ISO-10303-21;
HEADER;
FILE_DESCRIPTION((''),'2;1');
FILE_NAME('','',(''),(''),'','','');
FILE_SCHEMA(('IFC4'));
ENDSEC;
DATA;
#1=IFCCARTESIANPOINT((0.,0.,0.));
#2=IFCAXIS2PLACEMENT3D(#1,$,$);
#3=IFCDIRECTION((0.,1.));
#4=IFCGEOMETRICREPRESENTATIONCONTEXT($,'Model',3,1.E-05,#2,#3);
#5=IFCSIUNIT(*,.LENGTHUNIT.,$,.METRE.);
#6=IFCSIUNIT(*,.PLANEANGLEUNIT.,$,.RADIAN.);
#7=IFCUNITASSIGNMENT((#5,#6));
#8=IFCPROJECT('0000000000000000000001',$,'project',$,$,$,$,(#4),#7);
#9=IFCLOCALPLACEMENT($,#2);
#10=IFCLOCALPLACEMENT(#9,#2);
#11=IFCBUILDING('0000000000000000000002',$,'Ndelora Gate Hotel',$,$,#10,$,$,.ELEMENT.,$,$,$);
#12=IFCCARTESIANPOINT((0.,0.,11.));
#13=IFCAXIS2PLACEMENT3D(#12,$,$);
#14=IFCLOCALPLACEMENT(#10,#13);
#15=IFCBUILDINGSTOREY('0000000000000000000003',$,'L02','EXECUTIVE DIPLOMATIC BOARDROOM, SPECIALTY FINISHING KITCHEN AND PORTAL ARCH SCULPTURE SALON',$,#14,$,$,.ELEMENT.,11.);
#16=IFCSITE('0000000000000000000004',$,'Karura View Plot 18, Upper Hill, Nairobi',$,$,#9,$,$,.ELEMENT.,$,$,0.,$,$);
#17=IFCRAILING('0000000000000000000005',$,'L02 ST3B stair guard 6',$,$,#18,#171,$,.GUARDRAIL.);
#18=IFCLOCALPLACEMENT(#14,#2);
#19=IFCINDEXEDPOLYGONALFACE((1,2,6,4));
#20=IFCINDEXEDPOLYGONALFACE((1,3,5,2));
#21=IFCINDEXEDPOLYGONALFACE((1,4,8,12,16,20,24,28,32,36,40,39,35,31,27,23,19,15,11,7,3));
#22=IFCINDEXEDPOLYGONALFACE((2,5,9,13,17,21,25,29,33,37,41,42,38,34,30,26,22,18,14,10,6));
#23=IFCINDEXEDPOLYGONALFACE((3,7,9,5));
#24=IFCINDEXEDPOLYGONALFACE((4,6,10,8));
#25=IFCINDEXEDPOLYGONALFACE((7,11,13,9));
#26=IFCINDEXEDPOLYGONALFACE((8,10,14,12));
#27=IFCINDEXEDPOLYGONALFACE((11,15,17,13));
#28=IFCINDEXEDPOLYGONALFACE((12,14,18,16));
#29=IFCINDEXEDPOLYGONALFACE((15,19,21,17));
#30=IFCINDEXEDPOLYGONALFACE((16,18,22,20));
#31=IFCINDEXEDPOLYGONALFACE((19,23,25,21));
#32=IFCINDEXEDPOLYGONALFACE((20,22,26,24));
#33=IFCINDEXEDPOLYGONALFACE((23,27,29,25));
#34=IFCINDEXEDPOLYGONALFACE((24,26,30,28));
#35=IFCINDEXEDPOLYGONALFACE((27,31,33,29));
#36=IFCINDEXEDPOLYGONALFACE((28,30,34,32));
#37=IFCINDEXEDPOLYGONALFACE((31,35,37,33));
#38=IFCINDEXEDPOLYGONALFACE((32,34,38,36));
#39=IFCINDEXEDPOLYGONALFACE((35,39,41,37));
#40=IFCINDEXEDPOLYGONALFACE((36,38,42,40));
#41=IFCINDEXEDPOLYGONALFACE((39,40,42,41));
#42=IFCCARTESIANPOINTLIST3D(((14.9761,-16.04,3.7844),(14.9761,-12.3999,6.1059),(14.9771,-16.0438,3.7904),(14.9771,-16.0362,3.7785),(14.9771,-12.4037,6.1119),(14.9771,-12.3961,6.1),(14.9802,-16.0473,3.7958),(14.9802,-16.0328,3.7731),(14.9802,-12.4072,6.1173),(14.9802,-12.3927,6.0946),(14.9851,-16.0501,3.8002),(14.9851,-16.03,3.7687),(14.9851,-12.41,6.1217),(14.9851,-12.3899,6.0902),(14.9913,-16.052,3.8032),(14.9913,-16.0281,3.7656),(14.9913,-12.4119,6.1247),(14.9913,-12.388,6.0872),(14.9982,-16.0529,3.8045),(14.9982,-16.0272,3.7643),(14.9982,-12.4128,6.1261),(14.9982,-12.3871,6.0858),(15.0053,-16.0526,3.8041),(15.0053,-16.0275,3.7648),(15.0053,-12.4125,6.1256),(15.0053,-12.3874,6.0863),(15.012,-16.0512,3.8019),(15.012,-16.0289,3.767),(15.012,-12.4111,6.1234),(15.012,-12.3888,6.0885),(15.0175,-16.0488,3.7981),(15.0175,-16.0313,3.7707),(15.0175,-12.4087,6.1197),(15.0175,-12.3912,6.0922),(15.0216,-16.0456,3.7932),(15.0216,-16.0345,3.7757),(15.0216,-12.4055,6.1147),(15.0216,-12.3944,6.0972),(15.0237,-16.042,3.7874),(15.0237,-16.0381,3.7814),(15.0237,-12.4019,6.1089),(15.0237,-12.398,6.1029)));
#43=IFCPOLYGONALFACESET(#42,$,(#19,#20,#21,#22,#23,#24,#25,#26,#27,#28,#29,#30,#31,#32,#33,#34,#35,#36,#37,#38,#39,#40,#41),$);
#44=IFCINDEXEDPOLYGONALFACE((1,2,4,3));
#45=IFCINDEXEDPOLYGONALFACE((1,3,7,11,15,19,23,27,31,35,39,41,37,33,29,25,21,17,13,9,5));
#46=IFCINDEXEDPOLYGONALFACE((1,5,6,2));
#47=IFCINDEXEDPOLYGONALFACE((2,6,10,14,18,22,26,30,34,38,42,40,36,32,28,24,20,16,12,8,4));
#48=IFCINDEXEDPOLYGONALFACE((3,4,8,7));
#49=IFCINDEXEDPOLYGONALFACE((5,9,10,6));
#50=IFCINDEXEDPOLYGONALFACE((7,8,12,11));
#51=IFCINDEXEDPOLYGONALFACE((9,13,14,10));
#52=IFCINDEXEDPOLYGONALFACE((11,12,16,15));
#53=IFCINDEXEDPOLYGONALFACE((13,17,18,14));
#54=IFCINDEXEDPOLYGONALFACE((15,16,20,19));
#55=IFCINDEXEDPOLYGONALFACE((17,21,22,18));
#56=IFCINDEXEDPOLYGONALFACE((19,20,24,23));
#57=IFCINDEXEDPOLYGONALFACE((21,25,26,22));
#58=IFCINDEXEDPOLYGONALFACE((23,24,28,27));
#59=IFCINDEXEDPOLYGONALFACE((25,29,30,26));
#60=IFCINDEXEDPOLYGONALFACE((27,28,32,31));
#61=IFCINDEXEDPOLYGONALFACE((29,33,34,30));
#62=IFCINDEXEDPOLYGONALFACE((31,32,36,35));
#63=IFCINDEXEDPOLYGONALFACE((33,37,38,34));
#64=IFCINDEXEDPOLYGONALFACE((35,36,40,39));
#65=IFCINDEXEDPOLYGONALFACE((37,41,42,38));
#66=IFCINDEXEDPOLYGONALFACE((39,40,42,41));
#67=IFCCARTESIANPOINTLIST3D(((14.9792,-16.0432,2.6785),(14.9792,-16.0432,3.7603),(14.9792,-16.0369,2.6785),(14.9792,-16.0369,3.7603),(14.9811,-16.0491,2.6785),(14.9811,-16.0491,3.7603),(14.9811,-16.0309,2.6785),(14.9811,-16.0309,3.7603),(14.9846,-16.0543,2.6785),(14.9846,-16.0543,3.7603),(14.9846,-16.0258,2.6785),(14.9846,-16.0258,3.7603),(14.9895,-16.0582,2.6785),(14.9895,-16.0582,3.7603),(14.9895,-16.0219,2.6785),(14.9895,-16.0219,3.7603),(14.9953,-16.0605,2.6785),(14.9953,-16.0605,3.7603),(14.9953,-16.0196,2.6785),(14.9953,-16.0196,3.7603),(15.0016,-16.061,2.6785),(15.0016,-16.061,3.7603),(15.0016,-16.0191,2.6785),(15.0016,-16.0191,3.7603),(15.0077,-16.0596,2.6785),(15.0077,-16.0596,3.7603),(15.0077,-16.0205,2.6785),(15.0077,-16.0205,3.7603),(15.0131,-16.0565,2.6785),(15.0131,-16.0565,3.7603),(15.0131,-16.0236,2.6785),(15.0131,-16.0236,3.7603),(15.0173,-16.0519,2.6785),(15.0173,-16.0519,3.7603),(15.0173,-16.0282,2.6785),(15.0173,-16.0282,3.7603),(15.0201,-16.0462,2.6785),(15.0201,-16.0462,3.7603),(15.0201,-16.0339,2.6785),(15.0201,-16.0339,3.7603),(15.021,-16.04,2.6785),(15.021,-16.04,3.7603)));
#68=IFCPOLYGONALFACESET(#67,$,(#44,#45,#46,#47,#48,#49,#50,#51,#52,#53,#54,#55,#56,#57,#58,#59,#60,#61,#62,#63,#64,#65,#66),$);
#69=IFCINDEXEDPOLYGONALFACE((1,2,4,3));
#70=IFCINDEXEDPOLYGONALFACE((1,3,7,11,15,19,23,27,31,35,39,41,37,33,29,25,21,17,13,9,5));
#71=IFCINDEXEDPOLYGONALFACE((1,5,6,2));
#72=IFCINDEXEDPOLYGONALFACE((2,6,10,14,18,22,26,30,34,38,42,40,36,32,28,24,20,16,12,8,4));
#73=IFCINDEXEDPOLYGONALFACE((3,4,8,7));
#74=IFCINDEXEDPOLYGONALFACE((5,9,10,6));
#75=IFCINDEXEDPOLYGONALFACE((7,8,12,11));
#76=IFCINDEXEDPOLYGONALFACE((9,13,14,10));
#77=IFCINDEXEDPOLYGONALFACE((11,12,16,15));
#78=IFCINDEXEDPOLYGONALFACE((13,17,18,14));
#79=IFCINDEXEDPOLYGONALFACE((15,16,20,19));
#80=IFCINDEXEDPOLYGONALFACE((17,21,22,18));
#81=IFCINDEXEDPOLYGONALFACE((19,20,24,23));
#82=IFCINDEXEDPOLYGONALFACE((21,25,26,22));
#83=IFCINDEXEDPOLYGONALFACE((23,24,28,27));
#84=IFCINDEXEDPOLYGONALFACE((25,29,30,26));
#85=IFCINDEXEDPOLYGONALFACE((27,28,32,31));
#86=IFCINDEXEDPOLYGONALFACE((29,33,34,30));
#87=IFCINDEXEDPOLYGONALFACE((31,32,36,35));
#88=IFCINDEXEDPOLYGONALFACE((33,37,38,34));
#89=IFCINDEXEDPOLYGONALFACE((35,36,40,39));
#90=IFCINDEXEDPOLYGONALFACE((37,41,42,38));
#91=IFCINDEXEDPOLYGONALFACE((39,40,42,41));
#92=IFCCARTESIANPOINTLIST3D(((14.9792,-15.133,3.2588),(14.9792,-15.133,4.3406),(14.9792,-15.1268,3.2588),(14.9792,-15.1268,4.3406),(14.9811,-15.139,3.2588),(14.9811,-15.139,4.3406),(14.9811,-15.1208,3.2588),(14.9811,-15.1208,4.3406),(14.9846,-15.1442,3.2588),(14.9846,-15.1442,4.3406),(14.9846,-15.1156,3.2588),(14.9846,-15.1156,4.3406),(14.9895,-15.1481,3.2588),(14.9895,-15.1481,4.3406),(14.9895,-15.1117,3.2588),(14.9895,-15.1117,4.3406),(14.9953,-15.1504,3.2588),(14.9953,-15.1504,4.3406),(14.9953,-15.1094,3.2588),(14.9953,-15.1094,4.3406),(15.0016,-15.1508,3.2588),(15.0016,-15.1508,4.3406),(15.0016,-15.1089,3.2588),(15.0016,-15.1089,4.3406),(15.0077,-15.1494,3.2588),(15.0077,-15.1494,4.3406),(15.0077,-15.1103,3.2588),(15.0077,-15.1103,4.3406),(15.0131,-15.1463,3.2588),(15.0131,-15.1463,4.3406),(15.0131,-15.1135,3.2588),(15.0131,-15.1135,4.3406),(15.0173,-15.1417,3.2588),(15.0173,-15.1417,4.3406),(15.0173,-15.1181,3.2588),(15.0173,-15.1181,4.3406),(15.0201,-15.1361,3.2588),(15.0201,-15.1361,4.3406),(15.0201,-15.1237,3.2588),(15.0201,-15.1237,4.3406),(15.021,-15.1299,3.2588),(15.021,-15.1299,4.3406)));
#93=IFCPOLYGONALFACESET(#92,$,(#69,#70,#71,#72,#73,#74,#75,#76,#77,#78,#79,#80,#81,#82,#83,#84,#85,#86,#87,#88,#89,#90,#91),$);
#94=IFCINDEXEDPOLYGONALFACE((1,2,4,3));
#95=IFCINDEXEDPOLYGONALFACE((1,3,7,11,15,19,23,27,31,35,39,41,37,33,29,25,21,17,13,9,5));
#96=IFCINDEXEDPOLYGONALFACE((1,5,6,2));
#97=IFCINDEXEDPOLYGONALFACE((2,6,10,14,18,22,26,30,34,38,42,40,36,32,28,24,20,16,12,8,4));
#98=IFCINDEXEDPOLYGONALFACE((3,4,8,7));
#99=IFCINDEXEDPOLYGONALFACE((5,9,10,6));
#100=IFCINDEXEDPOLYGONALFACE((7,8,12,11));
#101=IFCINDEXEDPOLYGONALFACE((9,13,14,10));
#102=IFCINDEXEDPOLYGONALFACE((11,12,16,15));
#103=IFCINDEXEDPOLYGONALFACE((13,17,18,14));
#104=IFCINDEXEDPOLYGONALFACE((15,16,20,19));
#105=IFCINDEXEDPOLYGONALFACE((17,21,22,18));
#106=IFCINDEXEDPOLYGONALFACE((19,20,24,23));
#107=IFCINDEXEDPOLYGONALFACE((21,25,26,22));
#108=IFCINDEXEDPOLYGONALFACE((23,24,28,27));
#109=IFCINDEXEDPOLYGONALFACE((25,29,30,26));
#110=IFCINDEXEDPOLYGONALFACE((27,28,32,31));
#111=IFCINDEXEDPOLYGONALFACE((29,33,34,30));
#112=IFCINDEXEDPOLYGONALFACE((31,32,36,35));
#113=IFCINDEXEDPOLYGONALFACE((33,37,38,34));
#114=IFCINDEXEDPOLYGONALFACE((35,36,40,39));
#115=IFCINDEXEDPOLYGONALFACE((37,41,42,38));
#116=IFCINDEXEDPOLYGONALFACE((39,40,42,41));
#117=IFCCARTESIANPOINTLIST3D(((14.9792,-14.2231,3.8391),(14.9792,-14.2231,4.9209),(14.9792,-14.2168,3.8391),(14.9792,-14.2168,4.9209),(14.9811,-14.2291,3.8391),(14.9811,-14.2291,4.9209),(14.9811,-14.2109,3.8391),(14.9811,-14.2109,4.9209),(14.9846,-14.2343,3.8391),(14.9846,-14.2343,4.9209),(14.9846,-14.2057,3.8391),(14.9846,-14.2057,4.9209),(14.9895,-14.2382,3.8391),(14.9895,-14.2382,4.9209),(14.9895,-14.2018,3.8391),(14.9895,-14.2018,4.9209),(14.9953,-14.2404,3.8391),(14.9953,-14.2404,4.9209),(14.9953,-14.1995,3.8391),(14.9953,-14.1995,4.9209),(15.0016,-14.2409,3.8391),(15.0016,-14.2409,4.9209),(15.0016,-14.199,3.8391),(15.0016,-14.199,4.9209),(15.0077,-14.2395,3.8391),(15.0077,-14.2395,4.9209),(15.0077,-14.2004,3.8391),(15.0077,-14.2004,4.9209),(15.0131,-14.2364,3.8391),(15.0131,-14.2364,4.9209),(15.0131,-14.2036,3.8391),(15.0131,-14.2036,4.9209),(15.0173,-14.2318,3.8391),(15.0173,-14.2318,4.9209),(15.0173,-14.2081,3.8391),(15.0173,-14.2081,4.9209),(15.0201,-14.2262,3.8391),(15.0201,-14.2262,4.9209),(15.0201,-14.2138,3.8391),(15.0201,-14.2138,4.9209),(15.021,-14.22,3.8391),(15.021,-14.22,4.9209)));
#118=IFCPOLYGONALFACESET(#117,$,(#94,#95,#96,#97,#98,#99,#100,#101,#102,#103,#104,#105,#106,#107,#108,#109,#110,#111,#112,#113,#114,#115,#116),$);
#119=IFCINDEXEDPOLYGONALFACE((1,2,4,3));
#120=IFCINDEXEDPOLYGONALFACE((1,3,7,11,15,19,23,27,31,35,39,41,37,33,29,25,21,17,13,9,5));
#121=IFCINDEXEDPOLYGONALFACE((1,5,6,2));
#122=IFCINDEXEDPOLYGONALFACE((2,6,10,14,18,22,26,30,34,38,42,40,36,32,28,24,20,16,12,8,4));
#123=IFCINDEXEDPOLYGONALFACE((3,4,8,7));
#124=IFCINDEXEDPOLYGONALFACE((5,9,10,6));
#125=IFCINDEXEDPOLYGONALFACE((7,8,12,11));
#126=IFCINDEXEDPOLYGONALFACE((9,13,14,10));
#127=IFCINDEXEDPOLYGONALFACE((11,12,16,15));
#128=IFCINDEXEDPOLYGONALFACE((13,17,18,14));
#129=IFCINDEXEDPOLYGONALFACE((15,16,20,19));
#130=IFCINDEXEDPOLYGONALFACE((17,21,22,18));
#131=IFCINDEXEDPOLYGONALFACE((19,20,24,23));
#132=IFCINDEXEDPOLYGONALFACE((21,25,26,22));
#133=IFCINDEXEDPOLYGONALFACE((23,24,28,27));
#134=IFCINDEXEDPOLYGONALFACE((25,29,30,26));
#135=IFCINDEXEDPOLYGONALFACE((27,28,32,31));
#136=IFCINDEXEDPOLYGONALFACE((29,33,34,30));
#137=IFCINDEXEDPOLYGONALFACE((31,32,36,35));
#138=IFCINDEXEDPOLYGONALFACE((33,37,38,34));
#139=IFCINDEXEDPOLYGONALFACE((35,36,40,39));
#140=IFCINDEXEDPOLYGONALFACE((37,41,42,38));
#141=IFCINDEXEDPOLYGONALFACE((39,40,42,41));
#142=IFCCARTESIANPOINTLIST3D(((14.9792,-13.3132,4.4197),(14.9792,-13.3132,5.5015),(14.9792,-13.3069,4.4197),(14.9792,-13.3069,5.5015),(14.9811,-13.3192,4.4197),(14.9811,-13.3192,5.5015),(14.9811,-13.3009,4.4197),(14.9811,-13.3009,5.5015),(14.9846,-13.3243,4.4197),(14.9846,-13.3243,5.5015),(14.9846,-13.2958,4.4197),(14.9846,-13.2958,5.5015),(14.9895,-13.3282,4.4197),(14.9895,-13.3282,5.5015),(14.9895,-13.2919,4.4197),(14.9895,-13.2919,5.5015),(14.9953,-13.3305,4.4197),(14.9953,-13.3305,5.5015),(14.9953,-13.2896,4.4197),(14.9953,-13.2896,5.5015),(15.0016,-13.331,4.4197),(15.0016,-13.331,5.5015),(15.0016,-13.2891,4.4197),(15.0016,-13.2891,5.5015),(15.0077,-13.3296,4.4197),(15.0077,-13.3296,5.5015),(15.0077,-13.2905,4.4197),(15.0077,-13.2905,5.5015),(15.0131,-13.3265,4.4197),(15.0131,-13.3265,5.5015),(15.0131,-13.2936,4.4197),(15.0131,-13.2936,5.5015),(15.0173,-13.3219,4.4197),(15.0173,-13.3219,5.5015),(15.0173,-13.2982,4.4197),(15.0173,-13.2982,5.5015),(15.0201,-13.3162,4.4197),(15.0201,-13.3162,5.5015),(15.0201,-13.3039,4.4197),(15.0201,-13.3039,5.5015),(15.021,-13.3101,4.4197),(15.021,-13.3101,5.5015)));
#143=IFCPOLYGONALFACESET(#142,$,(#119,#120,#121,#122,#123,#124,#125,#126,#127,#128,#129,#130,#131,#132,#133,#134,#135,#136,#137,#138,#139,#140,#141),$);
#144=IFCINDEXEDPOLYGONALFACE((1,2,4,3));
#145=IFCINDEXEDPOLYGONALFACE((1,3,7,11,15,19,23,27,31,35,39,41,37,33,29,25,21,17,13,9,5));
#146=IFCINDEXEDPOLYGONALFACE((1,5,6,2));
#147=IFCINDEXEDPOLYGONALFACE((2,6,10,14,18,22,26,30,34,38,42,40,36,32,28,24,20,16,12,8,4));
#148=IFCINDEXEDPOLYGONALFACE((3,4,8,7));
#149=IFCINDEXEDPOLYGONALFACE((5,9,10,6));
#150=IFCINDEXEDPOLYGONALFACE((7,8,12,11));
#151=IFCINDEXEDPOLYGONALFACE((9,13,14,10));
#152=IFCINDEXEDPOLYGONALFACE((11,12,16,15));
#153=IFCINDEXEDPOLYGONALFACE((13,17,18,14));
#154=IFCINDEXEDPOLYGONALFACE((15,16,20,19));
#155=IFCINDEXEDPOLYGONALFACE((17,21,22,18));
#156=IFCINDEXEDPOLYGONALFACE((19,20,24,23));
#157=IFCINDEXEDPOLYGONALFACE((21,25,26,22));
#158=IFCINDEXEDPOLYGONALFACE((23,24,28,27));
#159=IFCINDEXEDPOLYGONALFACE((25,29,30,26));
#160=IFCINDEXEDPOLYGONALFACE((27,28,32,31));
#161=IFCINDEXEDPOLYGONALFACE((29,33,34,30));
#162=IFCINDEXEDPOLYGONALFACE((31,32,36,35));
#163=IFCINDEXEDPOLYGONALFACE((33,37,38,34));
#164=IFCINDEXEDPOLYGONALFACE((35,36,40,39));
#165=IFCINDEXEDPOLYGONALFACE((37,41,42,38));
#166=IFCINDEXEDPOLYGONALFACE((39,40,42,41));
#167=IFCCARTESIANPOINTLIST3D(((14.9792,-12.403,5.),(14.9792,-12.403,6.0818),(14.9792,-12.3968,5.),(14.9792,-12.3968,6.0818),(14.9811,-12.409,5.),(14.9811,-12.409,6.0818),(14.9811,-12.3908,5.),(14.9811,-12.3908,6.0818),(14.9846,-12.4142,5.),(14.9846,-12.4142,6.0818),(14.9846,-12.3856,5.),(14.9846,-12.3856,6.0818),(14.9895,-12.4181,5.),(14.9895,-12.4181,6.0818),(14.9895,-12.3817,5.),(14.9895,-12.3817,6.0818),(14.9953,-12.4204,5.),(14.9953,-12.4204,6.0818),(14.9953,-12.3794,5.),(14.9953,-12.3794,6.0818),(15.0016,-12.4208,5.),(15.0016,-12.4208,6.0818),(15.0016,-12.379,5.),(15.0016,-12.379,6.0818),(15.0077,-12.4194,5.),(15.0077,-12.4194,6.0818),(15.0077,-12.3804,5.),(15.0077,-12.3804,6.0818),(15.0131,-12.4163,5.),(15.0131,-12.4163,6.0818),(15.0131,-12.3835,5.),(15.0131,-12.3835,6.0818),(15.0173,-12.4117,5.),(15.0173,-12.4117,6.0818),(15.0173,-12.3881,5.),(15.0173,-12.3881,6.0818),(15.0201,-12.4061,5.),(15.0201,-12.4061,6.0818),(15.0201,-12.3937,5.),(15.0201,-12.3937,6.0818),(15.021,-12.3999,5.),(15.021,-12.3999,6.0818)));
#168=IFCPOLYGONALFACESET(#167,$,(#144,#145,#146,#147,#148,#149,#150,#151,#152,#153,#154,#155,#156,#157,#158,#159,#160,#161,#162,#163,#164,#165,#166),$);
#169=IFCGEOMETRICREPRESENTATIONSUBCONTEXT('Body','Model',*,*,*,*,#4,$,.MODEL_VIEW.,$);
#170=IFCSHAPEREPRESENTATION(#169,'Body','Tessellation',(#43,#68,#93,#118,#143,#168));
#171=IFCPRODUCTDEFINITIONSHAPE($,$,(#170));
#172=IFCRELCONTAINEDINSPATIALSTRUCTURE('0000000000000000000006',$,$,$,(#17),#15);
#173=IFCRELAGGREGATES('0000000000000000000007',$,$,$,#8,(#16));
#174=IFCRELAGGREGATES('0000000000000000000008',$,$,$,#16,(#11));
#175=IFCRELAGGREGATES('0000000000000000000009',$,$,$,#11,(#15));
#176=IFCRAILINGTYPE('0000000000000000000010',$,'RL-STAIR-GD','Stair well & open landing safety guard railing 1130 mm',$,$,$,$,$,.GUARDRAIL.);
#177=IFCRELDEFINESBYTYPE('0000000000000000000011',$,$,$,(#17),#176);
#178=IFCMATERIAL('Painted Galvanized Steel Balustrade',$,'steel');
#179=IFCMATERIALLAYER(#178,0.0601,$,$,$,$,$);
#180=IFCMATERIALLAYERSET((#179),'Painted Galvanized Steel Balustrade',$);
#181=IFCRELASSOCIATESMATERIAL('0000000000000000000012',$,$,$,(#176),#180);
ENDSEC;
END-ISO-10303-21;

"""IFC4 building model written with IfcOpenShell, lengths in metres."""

from ifc_helpers import new_model, si_unit, direction, frame, origin, origin_2d, place, context, subcontext, project, spatial, circle, extrude, material, layer, layer_set, type_object, element, save


model = new_model("IFC4")

# Units and contexts
model_context = context("Model", 3, precision=1e-05, world=origin(), true_north=direction((0.0, 1.0)))
body_context = subcontext(model_context, "Body", "Model", "MODEL_VIEW")
ifc_project = project(units=[si_unit("LENGTHUNIT", "METRE"), si_unit("PLANEANGLEUNIT", "RADIAN")], contexts=[model_context])

# Site, building, storey
site_placement = place(None, origin())
site = spatial("IfcSite", under=ifc_project, at=site_placement, Name="Karura View Plot 18, Upper Hill, Nairobi", CompositionType="ELEMENT", RefElevation=0.0)
building_placement = place(site_placement, origin())
building = spatial("IfcBuilding", under=site, at=building_placement, Name="Ndelora Gate Hotel", CompositionType="ELEMENT")
storey_placement = place(building_placement, frame((0.0, 0.0, 11.0)))
storey = spatial("IfcBuildingStorey", under=building, at=storey_placement, Name="L02", Description="EXECUTIVE DIPLOMATIC BOARDROOM, SPECIALTY FINISHING KITCHEN AND PORTAL ARCH SCULPTURE SALON", CompositionType="ELEMENT", Elevation=11.0)

# Railing
ifc_material_1 = material(Name="Painted Galvanized Steel Balustrade", Category="steel")
ifc_layer_1 = layer(ifc_material_1, 0.0601)
ifc_layer_set_1 = layer_set([ifc_layer_1], Name="Painted Galvanized Steel Balustrade")
railing_type_1 = type_object("IfcRailingType", Name="RL-STAIR-GD", Description="Stair well & open landing safety guard railing 1130 mm", PredefinedType="GUARDRAIL", material=ifc_layer_set_1)
railing_1_placement = place(storey_placement, frame((15.0, -16.04, 2.6785)))
element("IfcRailing", 1, at=railing_1_placement, inside=storey, type_object=railing_type_1, Name="L02 ST3B stair guard 6", PredefinedType="GUARDRAIL", context=body_context, shape_type="SweptSolid", body=[
    extrude(circle(Radius=0.0239, at=origin_2d()), frame((0.0, 0.0, 1.106), z_axis=(0.0, 0.843128, 0.537713), x_axis=(-1.0, 0.0, 0.0)), (0.0, 0.0, 1.0), 4.3174),
    extrude(circle(Radius=0.021, at=origin_2d()), origin(), (0.0, 0.0, 1.0), 1.0818),
    extrude(circle(Radius=0.021, at=origin_2d()), frame((0.0, 0.9102, 0.5803)), (0.0, 0.0, 1.0), 1.0818),
    extrude(circle(Radius=0.021, at=origin_2d()), frame((0.0, 1.8201, 1.1606)), (0.0, 0.0, 1.0), 1.0818),
    extrude(circle(Radius=0.021, at=origin_2d()), frame((0.0, 2.73, 1.7412)), (0.0, 0.0, 1.0), 1.0818),
    extrude(circle(Radius=0.021, at=origin_2d()), frame((0.0, 3.6401, 2.3215)), (0.0, 0.0, 1.0), 1.0818),
])

save(model, "model.ifc")
